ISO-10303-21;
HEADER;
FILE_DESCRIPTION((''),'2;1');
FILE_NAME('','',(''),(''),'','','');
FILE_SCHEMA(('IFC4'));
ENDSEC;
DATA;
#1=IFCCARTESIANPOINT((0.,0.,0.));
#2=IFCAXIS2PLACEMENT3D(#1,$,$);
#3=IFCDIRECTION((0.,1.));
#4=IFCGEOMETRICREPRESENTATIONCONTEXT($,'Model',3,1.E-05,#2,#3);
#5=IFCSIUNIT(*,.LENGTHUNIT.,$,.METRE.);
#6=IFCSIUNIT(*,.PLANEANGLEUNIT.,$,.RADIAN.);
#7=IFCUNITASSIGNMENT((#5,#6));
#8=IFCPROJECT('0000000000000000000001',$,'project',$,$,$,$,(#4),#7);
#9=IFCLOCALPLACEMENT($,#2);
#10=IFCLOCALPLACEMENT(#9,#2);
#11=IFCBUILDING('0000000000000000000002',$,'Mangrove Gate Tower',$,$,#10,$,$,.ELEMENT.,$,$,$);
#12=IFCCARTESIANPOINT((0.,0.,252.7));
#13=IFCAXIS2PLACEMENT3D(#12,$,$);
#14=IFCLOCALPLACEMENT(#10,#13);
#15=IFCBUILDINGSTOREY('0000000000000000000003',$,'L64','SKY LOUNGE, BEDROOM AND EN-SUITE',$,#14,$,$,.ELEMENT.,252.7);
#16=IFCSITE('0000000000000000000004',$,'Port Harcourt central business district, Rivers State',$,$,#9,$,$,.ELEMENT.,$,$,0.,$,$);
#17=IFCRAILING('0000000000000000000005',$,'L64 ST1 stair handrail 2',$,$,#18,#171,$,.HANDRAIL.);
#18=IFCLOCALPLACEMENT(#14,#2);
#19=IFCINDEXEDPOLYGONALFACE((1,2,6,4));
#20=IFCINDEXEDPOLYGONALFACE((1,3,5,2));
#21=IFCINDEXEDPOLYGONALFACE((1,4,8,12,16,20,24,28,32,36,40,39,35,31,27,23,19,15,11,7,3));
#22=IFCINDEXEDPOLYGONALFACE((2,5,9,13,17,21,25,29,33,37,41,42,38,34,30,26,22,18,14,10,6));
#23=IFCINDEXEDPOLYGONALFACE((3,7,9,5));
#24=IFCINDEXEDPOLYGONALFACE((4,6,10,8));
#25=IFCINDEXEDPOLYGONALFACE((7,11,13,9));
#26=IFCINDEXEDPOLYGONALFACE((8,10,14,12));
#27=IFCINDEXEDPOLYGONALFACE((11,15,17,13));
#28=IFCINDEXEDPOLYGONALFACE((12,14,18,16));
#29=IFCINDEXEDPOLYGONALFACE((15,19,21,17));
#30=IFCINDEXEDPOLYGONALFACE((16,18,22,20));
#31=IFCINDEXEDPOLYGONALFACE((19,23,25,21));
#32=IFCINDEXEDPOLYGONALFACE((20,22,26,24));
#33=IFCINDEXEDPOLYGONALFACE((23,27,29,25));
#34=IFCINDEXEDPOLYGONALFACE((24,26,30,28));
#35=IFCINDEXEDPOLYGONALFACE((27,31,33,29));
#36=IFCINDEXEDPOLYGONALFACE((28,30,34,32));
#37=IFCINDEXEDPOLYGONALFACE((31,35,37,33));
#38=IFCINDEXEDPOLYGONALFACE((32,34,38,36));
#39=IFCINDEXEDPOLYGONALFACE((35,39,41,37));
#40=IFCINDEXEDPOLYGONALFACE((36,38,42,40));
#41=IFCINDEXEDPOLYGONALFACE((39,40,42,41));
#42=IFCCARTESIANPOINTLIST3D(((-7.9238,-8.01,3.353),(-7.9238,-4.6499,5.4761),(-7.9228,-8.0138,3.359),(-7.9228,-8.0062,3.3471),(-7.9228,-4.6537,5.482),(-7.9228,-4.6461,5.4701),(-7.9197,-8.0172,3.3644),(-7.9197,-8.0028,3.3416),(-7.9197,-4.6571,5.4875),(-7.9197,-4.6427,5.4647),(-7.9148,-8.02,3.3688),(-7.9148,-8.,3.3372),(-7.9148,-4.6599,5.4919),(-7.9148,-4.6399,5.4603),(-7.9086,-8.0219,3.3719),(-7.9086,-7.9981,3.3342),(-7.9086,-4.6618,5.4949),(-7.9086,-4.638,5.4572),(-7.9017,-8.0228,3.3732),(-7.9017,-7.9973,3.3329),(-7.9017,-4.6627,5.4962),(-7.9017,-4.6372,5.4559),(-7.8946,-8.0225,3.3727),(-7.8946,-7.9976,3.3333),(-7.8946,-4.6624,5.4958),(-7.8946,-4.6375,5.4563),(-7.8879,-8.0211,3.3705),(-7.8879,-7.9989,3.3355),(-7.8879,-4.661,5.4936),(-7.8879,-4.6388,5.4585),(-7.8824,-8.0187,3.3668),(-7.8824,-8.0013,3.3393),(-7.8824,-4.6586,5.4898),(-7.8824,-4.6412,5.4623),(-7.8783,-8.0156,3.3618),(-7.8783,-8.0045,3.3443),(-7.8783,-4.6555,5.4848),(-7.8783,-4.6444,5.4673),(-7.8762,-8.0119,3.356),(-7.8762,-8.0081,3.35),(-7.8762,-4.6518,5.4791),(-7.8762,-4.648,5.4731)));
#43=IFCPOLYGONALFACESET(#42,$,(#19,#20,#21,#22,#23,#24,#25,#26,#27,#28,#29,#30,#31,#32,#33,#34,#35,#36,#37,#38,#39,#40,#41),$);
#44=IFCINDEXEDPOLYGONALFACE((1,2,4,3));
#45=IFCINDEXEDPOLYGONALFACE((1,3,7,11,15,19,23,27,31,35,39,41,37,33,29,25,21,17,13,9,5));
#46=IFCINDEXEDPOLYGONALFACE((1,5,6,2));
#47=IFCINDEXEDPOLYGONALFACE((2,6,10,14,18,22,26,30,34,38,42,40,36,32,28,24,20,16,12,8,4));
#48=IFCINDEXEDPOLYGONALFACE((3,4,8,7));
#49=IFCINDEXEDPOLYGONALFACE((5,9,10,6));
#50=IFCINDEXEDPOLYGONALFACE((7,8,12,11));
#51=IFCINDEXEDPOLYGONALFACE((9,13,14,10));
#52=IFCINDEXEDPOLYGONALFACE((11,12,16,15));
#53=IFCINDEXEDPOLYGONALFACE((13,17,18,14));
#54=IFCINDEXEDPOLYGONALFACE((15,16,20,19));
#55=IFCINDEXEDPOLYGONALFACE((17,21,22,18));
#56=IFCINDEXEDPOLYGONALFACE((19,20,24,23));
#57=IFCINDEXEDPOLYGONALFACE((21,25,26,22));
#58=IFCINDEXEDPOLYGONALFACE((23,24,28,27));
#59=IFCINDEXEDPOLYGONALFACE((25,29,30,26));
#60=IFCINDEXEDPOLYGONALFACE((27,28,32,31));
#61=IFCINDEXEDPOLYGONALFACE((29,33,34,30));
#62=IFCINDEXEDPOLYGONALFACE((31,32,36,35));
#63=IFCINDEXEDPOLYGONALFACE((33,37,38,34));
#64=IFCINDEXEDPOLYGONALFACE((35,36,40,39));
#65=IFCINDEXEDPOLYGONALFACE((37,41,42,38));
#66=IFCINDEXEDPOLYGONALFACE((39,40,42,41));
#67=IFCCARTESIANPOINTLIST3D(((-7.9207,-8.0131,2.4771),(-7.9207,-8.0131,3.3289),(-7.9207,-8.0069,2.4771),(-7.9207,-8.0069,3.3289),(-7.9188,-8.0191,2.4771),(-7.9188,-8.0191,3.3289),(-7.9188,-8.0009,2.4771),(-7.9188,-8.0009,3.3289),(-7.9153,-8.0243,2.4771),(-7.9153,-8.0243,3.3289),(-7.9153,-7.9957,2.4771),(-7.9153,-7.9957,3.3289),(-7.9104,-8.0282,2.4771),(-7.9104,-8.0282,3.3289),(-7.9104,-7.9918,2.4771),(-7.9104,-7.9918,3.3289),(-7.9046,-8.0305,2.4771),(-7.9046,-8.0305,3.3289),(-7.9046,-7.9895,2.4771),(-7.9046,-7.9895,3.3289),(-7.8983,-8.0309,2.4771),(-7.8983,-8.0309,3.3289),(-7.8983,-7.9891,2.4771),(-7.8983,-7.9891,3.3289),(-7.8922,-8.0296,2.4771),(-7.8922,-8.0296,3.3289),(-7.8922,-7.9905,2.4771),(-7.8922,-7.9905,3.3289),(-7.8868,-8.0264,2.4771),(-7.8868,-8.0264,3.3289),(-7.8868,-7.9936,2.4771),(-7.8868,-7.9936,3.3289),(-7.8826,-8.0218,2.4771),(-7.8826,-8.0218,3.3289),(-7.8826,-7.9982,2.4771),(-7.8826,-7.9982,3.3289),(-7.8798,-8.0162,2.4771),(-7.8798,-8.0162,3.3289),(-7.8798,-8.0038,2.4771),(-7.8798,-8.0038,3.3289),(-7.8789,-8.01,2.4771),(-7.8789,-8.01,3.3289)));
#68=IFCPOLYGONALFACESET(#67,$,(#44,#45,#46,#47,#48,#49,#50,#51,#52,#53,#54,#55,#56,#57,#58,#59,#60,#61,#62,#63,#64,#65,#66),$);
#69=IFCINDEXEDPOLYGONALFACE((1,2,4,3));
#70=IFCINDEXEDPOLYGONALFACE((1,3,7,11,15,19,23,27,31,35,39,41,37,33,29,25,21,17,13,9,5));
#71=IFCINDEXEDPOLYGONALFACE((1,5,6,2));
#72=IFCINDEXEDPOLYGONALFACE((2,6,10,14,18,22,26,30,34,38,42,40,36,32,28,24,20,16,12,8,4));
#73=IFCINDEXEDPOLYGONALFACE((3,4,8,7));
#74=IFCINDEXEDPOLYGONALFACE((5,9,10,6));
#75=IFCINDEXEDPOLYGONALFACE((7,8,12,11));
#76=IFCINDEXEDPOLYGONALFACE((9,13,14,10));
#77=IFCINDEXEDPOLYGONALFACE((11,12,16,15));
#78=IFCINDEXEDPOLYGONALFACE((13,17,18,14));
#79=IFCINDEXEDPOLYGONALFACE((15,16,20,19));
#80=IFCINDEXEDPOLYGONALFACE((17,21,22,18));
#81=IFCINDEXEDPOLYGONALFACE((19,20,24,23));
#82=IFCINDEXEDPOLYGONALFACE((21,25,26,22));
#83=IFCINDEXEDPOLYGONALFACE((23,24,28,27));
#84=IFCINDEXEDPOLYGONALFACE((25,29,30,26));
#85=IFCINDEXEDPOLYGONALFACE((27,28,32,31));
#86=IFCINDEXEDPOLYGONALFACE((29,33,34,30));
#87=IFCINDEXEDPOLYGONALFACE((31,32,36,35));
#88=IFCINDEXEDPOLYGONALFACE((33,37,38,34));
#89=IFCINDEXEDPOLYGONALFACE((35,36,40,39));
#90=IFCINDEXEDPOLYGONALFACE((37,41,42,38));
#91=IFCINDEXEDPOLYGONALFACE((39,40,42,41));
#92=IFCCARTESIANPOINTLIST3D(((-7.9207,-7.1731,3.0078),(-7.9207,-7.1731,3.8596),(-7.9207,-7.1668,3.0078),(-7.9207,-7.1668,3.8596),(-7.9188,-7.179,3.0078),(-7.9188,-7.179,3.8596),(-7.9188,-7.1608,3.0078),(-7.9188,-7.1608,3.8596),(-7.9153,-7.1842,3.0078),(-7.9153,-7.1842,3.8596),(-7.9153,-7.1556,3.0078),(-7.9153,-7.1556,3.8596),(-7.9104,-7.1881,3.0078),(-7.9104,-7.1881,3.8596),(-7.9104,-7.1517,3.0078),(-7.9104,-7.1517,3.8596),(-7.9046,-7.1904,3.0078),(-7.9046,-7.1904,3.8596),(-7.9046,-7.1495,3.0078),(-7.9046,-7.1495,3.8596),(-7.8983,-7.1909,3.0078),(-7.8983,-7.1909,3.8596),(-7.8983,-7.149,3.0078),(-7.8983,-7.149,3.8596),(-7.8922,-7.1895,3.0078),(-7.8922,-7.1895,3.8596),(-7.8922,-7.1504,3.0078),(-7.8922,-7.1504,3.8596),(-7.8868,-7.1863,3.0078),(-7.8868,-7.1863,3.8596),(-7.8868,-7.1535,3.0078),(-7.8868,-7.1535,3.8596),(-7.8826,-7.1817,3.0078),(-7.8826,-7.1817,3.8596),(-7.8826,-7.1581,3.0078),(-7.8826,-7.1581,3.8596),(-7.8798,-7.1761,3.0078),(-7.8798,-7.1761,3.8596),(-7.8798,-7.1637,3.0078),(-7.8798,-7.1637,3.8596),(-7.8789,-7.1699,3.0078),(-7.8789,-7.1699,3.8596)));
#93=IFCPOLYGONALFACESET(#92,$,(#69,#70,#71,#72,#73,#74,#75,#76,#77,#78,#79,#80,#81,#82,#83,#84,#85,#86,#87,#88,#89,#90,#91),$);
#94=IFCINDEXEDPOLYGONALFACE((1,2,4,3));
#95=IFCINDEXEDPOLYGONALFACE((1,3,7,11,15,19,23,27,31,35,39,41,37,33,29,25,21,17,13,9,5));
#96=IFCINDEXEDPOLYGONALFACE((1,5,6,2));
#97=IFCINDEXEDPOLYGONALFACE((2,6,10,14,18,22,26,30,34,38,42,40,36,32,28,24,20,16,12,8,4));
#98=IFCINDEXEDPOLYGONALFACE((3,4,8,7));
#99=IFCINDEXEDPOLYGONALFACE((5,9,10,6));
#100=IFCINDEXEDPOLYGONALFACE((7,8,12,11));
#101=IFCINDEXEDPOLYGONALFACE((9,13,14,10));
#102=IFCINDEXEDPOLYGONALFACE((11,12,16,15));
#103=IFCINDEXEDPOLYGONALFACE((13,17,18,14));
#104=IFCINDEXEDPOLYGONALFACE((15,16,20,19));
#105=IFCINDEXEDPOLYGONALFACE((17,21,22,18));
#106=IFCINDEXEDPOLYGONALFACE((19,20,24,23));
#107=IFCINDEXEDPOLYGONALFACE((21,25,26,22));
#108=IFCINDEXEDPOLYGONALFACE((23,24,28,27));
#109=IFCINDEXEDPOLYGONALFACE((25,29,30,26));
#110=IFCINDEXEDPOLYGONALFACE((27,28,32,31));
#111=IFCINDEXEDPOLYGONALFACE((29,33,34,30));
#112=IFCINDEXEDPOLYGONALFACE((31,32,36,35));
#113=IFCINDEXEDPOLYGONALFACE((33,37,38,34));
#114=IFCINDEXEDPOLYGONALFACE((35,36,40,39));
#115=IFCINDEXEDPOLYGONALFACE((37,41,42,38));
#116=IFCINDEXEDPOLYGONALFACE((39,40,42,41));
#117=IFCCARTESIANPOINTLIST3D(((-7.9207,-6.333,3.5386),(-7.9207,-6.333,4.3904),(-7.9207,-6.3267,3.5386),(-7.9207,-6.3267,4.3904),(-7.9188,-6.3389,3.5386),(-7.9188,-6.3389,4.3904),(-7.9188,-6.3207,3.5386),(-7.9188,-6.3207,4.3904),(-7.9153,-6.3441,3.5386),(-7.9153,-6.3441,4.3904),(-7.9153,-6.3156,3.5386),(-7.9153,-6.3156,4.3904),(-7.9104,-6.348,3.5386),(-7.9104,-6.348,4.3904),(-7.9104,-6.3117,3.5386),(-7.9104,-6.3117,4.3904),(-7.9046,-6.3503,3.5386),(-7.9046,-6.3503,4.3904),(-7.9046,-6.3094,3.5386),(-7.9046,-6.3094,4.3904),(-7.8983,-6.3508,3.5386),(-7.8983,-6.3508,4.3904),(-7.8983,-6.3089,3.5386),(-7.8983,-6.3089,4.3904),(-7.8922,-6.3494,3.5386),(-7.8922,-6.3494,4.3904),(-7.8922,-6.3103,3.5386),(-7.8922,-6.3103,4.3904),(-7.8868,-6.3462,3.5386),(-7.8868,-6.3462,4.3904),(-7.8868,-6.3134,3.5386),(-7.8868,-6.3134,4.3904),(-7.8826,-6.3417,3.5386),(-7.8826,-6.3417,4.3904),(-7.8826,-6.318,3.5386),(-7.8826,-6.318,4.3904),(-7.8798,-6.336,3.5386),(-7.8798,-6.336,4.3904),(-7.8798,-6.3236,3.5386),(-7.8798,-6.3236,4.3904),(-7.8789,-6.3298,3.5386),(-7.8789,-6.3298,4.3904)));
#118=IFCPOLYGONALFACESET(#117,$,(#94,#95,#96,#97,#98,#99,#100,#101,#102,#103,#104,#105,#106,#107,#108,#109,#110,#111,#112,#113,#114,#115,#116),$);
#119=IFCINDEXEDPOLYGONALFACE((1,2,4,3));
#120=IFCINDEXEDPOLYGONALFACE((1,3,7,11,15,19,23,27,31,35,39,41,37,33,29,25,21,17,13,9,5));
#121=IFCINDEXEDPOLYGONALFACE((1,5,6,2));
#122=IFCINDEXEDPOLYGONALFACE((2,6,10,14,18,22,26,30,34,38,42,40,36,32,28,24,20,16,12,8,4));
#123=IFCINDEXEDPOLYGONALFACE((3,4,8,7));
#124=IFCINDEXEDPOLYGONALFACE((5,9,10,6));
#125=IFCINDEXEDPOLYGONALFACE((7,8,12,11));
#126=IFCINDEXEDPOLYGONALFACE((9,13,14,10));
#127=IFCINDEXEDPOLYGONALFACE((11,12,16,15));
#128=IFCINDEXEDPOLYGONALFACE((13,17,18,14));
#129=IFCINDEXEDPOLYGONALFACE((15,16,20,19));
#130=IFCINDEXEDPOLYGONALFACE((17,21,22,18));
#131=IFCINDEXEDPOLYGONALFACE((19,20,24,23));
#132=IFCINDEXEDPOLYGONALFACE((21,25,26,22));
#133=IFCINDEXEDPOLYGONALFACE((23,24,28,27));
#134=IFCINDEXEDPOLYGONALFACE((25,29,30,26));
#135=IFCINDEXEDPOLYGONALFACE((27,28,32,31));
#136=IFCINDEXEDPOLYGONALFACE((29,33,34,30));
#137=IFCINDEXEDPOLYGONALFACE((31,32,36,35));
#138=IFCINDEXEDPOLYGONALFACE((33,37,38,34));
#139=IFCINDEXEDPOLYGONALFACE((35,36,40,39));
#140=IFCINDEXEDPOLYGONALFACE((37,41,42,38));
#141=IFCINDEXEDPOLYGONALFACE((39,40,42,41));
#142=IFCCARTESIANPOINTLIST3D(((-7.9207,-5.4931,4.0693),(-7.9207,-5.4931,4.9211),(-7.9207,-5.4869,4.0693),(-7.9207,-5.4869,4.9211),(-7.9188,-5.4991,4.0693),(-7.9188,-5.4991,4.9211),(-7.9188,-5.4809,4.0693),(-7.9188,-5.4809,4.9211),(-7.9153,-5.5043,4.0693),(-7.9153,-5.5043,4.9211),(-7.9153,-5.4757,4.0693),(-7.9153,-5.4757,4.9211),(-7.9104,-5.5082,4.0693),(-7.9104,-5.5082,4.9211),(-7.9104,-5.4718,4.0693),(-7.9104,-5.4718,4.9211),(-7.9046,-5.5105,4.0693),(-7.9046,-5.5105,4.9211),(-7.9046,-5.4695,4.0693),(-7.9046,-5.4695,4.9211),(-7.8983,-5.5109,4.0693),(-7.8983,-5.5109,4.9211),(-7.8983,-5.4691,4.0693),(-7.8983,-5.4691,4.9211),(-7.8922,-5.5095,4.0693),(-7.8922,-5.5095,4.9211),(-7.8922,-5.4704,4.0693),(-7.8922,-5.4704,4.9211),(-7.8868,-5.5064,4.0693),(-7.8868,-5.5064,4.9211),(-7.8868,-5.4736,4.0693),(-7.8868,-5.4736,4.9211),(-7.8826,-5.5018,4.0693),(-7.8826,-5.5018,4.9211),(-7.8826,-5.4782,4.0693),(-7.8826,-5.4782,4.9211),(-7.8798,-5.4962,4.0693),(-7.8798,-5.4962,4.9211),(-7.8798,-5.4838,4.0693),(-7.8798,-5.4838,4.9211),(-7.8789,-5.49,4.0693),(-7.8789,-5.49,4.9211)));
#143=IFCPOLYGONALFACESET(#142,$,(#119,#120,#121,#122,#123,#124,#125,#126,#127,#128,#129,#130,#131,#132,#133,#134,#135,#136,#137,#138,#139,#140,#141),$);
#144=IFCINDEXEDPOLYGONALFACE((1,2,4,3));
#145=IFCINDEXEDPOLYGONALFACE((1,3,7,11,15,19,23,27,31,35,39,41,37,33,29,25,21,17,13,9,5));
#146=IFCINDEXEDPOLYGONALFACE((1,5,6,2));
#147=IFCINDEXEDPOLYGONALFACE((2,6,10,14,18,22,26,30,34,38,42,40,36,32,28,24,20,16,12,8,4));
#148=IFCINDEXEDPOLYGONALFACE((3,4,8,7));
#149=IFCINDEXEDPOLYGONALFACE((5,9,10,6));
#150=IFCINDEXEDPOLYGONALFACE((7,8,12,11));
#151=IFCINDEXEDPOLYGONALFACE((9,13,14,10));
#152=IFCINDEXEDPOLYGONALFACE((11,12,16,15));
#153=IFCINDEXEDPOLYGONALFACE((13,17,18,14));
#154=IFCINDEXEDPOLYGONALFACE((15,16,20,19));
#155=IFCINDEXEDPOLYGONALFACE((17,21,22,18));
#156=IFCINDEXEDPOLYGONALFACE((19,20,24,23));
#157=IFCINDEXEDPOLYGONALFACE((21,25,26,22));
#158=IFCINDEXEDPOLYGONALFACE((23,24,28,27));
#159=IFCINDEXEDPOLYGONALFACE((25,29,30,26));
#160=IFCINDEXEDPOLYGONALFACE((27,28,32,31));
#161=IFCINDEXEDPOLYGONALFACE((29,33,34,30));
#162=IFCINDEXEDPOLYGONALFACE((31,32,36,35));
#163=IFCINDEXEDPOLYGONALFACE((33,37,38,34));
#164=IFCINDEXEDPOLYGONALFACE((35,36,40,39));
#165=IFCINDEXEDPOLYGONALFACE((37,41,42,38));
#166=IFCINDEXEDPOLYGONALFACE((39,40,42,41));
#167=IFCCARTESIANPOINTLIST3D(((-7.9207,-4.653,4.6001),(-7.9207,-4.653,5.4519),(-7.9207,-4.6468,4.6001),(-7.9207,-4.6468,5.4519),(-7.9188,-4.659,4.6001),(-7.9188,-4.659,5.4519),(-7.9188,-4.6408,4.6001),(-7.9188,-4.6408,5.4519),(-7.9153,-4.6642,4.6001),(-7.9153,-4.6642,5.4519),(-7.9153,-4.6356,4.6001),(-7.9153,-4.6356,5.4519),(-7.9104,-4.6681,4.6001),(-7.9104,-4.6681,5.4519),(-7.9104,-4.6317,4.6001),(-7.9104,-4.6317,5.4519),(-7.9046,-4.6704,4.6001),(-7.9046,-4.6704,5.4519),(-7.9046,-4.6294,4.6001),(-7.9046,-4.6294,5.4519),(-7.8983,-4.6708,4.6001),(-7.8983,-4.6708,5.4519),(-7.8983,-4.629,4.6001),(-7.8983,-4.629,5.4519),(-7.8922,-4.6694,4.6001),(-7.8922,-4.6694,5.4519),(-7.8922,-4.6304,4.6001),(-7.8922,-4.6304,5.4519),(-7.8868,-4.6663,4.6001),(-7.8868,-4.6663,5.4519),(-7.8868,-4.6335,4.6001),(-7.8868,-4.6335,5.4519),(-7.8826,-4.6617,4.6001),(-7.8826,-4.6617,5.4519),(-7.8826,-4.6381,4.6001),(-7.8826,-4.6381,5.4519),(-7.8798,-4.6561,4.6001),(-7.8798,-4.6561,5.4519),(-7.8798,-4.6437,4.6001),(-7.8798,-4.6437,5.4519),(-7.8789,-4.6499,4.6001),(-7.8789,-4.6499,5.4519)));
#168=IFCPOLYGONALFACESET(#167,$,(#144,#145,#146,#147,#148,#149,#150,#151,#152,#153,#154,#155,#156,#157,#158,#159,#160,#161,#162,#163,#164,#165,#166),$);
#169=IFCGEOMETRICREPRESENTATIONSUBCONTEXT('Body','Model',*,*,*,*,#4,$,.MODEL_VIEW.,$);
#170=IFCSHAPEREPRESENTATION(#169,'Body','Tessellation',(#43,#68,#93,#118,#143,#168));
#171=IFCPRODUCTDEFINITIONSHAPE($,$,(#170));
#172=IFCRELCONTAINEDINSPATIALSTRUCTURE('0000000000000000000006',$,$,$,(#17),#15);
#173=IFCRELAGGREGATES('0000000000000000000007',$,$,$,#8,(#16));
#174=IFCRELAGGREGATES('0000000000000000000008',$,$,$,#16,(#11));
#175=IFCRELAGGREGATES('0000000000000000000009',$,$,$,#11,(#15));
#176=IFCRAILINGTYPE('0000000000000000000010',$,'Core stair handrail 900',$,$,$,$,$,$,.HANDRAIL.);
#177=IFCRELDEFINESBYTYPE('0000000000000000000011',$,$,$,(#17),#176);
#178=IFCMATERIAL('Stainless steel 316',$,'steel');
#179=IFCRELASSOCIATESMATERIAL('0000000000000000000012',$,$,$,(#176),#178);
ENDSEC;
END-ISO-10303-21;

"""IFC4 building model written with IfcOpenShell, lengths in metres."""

from ifc_helpers import new_model, si_unit, direction, frame, origin, origin_2d, place, context, subcontext, project, spatial, circle, extrude, material, type_object, element, save


model = new_model("IFC4")

# Units and contexts
model_context = context("Model", 3, precision=1e-05, world=origin(), true_north=direction((0.0, 1.0)))
body_context = subcontext(model_context, "Body", "Model", "MODEL_VIEW")
ifc_project = project(units=[si_unit("LENGTHUNIT", "METRE"), si_unit("PLANEANGLEUNIT", "RADIAN")], contexts=[model_context])

# Site, building, storey
site_placement = place(None, origin())
site = spatial("IfcSite", under=ifc_project, at=site_placement, Name="Port Harcourt central business district, Rivers State", CompositionType="ELEMENT", RefElevation=0.0)
building_placement = place(site_placement, origin())
building = spatial("IfcBuilding", under=site, at=building_placement, Name="Mangrove Gate Tower", CompositionType="ELEMENT")
storey_placement = place(building_placement, frame((0.0, 0.0, 252.7)))
storey = spatial("IfcBuildingStorey", under=building, at=storey_placement, Name="L64", Description="SKY LOUNGE, BEDROOM AND EN-SUITE", CompositionType="ELEMENT", Elevation=252.7)

# Railing
ifc_material_1 = material(Name="Stainless steel 316", Category="steel")
railing_type_1 = type_object("IfcRailingType", Name="Core stair handrail 900", PredefinedType="HANDRAIL", material=ifc_material_1)
railing_1_placement = place(storey_placement, frame((-7.8999, -8.01, 2.4771)))
element("IfcRailing", 1, at=railing_1_placement, inside=storey, type_object=railing_type_1, Name="L64 ST1 stair handrail 2", PredefinedType="HANDRAIL", context=body_context, shape_type="SweptSolid", body=[
    extrude(circle(Radius=0.0239, at=origin_2d()), frame((0.0, 0.0, 0.876), z_axis=(0.0, 0.84539, 0.53415), x_axis=(-1.0, 0.0, 0.0)), (0.0, 0.0, 1.0), 3.9746),
    extrude(circle(Radius=0.021, at=origin_2d()), origin(), (0.0, 0.0, 1.0), 0.8518),
    extrude(circle(Radius=0.021, at=origin_2d()), frame((0.0, 0.8401, 0.5308)), (0.0, 0.0, 1.0), 0.8518),
    extrude(circle(Radius=0.021, at=origin_2d()), frame((0.0, 1.6802, 1.0615)), (0.0, 0.0, 1.0), 0.8518),
    extrude(circle(Radius=0.021, at=origin_2d()), frame((0.0, 2.52, 1.5923)), (0.0, 0.0, 1.0), 0.8518),
    extrude(circle(Radius=0.021, at=origin_2d()), frame((0.0, 3.3601, 2.123)), (0.0, 0.0, 1.0), 0.8518),
])

save(model, "model.ifc")
